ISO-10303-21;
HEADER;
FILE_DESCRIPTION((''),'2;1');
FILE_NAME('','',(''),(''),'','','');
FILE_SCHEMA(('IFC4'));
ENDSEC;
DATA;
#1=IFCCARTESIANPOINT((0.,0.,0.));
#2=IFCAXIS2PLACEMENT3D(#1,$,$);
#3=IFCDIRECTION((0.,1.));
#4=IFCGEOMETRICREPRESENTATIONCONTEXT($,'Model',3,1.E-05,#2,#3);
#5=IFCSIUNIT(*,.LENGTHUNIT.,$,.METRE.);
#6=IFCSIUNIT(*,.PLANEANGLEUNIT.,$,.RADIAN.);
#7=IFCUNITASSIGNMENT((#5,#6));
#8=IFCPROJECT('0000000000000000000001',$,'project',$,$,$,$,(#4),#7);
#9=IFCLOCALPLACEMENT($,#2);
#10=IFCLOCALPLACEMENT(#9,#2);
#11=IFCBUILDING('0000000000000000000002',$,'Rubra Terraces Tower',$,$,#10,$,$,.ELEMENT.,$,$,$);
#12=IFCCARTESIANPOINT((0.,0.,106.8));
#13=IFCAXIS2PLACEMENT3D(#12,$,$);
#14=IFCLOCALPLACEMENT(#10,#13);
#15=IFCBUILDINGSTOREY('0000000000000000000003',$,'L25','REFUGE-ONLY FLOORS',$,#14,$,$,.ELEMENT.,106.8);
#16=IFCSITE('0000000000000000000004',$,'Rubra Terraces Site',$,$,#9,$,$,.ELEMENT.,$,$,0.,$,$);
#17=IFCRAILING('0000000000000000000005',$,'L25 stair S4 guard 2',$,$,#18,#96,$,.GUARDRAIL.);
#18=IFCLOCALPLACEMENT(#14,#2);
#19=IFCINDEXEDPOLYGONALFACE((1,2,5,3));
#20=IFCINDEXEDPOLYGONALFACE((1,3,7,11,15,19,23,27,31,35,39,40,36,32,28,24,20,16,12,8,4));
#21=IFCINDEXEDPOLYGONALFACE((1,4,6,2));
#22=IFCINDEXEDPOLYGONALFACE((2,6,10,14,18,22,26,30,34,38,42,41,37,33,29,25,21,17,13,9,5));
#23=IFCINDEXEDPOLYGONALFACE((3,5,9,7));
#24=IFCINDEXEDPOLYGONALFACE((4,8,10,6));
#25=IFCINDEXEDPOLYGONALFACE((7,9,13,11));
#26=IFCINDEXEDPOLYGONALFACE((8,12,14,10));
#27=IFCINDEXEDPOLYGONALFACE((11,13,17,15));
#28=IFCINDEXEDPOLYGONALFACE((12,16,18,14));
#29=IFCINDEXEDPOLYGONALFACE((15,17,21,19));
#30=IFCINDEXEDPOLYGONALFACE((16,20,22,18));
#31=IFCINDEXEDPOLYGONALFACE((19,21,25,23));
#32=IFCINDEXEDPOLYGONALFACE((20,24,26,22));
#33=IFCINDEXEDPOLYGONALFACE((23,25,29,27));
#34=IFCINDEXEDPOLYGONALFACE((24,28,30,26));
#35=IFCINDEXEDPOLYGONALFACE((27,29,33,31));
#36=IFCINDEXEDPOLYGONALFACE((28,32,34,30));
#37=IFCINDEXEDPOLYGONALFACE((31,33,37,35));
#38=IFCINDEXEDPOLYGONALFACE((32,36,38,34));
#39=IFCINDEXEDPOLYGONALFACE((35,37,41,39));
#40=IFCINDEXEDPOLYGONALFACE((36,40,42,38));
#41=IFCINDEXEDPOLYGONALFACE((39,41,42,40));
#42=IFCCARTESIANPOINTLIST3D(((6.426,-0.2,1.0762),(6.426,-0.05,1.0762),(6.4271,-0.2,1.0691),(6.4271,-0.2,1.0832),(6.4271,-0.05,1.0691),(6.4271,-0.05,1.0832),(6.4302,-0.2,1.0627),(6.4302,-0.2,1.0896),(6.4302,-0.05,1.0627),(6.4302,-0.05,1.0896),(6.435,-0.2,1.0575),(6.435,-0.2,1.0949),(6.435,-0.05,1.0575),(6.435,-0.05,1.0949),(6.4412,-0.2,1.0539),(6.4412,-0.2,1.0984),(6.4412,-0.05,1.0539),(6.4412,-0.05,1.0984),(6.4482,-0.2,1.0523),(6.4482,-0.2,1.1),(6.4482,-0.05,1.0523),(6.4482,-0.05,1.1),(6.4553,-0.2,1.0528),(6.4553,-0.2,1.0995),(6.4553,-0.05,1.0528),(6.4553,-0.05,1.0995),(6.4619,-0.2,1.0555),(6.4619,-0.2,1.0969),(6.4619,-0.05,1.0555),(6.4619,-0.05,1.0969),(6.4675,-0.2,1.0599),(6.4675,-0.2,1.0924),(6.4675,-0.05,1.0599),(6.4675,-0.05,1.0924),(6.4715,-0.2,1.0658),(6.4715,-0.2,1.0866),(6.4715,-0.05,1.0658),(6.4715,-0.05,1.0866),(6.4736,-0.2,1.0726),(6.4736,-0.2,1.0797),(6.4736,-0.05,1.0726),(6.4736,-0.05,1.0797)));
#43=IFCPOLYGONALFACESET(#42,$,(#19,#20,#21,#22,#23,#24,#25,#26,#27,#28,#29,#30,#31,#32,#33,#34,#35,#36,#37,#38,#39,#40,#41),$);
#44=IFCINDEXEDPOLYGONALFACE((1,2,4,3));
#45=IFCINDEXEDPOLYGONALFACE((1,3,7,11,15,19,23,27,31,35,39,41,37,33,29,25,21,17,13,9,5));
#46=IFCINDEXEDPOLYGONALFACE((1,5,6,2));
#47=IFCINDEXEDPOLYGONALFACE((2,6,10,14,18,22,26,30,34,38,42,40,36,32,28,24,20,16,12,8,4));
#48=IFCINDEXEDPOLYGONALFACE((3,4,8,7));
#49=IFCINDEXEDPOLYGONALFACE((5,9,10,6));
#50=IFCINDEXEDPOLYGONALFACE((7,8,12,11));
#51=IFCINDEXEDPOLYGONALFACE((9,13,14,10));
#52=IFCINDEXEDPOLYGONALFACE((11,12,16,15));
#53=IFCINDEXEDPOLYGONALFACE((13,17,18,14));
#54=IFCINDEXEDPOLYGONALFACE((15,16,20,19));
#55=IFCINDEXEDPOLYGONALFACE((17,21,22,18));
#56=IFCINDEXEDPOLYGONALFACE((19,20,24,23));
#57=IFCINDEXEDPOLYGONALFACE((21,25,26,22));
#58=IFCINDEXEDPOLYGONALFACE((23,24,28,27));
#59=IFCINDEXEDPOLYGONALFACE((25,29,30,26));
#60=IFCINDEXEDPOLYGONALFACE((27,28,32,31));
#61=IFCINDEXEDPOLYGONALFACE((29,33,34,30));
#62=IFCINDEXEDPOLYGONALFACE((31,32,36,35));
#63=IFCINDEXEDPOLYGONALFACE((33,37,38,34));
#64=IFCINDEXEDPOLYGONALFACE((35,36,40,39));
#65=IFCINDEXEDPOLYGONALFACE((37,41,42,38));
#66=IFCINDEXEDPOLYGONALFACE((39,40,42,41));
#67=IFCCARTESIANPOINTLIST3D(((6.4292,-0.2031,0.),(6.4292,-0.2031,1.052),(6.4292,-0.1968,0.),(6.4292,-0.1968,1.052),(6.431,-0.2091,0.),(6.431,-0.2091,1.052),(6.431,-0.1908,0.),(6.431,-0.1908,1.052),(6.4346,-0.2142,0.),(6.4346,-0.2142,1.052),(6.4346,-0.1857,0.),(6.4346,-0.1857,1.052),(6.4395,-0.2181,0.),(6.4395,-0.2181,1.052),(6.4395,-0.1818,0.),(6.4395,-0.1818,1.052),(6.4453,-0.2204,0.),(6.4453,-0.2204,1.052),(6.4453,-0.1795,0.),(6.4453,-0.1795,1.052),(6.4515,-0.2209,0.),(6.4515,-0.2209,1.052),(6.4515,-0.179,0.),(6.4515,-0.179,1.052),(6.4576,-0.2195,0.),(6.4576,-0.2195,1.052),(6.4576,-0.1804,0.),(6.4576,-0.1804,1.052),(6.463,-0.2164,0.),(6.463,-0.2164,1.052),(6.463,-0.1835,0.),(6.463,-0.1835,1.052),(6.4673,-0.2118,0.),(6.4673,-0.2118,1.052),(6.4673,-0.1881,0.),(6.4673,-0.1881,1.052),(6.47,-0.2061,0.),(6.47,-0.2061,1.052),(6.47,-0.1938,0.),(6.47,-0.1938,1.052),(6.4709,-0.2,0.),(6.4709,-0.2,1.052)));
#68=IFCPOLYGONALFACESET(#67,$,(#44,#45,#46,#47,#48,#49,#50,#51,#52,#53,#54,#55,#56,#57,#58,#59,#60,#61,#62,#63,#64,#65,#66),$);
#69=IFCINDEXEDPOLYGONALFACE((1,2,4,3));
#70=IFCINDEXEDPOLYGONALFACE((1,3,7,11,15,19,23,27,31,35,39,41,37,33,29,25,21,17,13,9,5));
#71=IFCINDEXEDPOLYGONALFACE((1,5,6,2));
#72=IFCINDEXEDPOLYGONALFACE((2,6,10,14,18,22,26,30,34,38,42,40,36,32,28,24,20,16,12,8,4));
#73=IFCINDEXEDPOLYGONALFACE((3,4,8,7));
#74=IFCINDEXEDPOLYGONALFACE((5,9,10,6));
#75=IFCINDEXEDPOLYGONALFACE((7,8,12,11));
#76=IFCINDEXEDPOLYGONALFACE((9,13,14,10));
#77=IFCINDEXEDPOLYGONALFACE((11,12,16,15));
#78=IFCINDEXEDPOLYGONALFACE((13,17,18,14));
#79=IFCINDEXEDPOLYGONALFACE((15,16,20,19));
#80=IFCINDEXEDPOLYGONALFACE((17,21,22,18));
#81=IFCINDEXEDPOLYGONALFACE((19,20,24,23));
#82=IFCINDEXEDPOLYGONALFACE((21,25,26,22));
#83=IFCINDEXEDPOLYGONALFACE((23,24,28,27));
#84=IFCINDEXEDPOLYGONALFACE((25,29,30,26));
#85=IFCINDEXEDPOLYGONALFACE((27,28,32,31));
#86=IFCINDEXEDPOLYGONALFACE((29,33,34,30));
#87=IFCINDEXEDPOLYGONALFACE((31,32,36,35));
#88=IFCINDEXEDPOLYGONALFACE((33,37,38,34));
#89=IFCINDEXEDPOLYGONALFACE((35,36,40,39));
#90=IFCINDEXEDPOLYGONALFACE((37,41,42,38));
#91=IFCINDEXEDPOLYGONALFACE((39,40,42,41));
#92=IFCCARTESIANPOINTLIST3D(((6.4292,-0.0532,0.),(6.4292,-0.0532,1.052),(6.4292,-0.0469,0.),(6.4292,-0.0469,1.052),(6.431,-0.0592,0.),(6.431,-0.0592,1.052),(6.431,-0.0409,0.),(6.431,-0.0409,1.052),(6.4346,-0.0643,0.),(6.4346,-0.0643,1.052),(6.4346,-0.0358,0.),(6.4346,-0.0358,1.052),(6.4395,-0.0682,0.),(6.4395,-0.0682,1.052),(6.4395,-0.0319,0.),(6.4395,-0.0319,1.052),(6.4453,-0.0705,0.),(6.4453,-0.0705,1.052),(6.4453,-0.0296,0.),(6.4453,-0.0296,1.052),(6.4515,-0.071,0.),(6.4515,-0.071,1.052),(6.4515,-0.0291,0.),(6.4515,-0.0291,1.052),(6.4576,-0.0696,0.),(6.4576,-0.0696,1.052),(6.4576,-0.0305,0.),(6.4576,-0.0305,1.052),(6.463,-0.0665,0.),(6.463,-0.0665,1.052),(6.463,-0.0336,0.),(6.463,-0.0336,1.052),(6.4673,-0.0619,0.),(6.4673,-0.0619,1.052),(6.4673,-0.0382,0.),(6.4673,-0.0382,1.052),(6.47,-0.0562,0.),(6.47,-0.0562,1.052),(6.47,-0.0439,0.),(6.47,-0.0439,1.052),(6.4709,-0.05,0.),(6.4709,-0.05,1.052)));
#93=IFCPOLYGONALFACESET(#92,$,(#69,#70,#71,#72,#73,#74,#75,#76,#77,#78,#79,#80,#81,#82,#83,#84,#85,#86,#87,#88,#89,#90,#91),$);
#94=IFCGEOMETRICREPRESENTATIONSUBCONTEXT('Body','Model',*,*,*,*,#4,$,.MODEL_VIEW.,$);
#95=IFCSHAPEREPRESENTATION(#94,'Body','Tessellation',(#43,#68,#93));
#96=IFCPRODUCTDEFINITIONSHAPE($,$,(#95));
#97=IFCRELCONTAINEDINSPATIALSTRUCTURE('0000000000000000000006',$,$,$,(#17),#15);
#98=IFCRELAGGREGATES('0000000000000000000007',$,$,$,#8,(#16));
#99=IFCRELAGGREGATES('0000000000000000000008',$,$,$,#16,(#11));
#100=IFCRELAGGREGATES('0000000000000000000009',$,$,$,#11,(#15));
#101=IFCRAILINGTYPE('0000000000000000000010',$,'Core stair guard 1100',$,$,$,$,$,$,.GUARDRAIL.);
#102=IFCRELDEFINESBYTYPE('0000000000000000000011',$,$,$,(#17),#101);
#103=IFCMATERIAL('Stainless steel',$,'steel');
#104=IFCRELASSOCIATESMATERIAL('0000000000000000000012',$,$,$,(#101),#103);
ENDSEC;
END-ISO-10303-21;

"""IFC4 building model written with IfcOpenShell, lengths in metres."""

from ifc_helpers import new_model, si_unit, direction, frame, origin, origin_2d, place, context, subcontext, project, spatial, circle, extrude, material, type_object, element, save


model = new_model("IFC4")

# Units and contexts
model_context = context("Model", 3, precision=1e-05, world=origin(), true_north=direction((0.0, 1.0)))
body_context = subcontext(model_context, "Body", "Model", "MODEL_VIEW")
ifc_project = project(units=[si_unit("LENGTHUNIT", "METRE"), si_unit("PLANEANGLEUNIT", "RADIAN")], contexts=[model_context])

# Site, building, storey
site_placement = place(None, origin())
site = spatial("IfcSite", under=ifc_project, at=site_placement, Name="Rubra Terraces Site", CompositionType="ELEMENT", RefElevation=0.0)
building_placement = place(site_placement, origin())
building = spatial("IfcBuilding", under=site, at=building_placement, Name="Rubra Terraces Tower", CompositionType="ELEMENT")
storey_placement = place(building_placement, frame((0.0, 0.0, 106.8)))
storey = spatial("IfcBuildingStorey", under=building, at=storey_placement, Name="L25", Description="REFUGE-ONLY FLOORS", CompositionType="ELEMENT", Elevation=106.8)

# Railing
ifc_material_1 = material(Name="Stainless steel", Category="steel")
railing_type_1 = type_object("IfcRailingType", Name="Core stair guard 1100", PredefinedType="GUARDRAIL", material=ifc_material_1)
railing_1_placement = place(storey_placement, frame((6.45, -0.2, 0.0)))
element("IfcRailing", 1, at=railing_1_placement, inside=storey, type_object=railing_type_1, Name="L25 stair S4 guard 2", PredefinedType="GUARDRAIL", context=body_context, shape_type="SweptSolid", body=[
    extrude(circle(Radius=0.0239, at=origin_2d()), frame((0.0, 0.0, 1.0762), z_axis=(0.0, 1.0, 0.0), x_axis=(-1.0, 0.0, 0.0)), (0.0, 0.0, 1.0), 0.1499),
    extrude(circle(Radius=0.021, at=origin_2d()), origin(), (0.0, 0.0, 1.0), 1.052),
    extrude(circle(Radius=0.021, at=origin_2d()), frame((0.0, 0.1499, 0.0)), (0.0, 0.0, 1.0), 1.052),
])

save(model, "model.ifc")
